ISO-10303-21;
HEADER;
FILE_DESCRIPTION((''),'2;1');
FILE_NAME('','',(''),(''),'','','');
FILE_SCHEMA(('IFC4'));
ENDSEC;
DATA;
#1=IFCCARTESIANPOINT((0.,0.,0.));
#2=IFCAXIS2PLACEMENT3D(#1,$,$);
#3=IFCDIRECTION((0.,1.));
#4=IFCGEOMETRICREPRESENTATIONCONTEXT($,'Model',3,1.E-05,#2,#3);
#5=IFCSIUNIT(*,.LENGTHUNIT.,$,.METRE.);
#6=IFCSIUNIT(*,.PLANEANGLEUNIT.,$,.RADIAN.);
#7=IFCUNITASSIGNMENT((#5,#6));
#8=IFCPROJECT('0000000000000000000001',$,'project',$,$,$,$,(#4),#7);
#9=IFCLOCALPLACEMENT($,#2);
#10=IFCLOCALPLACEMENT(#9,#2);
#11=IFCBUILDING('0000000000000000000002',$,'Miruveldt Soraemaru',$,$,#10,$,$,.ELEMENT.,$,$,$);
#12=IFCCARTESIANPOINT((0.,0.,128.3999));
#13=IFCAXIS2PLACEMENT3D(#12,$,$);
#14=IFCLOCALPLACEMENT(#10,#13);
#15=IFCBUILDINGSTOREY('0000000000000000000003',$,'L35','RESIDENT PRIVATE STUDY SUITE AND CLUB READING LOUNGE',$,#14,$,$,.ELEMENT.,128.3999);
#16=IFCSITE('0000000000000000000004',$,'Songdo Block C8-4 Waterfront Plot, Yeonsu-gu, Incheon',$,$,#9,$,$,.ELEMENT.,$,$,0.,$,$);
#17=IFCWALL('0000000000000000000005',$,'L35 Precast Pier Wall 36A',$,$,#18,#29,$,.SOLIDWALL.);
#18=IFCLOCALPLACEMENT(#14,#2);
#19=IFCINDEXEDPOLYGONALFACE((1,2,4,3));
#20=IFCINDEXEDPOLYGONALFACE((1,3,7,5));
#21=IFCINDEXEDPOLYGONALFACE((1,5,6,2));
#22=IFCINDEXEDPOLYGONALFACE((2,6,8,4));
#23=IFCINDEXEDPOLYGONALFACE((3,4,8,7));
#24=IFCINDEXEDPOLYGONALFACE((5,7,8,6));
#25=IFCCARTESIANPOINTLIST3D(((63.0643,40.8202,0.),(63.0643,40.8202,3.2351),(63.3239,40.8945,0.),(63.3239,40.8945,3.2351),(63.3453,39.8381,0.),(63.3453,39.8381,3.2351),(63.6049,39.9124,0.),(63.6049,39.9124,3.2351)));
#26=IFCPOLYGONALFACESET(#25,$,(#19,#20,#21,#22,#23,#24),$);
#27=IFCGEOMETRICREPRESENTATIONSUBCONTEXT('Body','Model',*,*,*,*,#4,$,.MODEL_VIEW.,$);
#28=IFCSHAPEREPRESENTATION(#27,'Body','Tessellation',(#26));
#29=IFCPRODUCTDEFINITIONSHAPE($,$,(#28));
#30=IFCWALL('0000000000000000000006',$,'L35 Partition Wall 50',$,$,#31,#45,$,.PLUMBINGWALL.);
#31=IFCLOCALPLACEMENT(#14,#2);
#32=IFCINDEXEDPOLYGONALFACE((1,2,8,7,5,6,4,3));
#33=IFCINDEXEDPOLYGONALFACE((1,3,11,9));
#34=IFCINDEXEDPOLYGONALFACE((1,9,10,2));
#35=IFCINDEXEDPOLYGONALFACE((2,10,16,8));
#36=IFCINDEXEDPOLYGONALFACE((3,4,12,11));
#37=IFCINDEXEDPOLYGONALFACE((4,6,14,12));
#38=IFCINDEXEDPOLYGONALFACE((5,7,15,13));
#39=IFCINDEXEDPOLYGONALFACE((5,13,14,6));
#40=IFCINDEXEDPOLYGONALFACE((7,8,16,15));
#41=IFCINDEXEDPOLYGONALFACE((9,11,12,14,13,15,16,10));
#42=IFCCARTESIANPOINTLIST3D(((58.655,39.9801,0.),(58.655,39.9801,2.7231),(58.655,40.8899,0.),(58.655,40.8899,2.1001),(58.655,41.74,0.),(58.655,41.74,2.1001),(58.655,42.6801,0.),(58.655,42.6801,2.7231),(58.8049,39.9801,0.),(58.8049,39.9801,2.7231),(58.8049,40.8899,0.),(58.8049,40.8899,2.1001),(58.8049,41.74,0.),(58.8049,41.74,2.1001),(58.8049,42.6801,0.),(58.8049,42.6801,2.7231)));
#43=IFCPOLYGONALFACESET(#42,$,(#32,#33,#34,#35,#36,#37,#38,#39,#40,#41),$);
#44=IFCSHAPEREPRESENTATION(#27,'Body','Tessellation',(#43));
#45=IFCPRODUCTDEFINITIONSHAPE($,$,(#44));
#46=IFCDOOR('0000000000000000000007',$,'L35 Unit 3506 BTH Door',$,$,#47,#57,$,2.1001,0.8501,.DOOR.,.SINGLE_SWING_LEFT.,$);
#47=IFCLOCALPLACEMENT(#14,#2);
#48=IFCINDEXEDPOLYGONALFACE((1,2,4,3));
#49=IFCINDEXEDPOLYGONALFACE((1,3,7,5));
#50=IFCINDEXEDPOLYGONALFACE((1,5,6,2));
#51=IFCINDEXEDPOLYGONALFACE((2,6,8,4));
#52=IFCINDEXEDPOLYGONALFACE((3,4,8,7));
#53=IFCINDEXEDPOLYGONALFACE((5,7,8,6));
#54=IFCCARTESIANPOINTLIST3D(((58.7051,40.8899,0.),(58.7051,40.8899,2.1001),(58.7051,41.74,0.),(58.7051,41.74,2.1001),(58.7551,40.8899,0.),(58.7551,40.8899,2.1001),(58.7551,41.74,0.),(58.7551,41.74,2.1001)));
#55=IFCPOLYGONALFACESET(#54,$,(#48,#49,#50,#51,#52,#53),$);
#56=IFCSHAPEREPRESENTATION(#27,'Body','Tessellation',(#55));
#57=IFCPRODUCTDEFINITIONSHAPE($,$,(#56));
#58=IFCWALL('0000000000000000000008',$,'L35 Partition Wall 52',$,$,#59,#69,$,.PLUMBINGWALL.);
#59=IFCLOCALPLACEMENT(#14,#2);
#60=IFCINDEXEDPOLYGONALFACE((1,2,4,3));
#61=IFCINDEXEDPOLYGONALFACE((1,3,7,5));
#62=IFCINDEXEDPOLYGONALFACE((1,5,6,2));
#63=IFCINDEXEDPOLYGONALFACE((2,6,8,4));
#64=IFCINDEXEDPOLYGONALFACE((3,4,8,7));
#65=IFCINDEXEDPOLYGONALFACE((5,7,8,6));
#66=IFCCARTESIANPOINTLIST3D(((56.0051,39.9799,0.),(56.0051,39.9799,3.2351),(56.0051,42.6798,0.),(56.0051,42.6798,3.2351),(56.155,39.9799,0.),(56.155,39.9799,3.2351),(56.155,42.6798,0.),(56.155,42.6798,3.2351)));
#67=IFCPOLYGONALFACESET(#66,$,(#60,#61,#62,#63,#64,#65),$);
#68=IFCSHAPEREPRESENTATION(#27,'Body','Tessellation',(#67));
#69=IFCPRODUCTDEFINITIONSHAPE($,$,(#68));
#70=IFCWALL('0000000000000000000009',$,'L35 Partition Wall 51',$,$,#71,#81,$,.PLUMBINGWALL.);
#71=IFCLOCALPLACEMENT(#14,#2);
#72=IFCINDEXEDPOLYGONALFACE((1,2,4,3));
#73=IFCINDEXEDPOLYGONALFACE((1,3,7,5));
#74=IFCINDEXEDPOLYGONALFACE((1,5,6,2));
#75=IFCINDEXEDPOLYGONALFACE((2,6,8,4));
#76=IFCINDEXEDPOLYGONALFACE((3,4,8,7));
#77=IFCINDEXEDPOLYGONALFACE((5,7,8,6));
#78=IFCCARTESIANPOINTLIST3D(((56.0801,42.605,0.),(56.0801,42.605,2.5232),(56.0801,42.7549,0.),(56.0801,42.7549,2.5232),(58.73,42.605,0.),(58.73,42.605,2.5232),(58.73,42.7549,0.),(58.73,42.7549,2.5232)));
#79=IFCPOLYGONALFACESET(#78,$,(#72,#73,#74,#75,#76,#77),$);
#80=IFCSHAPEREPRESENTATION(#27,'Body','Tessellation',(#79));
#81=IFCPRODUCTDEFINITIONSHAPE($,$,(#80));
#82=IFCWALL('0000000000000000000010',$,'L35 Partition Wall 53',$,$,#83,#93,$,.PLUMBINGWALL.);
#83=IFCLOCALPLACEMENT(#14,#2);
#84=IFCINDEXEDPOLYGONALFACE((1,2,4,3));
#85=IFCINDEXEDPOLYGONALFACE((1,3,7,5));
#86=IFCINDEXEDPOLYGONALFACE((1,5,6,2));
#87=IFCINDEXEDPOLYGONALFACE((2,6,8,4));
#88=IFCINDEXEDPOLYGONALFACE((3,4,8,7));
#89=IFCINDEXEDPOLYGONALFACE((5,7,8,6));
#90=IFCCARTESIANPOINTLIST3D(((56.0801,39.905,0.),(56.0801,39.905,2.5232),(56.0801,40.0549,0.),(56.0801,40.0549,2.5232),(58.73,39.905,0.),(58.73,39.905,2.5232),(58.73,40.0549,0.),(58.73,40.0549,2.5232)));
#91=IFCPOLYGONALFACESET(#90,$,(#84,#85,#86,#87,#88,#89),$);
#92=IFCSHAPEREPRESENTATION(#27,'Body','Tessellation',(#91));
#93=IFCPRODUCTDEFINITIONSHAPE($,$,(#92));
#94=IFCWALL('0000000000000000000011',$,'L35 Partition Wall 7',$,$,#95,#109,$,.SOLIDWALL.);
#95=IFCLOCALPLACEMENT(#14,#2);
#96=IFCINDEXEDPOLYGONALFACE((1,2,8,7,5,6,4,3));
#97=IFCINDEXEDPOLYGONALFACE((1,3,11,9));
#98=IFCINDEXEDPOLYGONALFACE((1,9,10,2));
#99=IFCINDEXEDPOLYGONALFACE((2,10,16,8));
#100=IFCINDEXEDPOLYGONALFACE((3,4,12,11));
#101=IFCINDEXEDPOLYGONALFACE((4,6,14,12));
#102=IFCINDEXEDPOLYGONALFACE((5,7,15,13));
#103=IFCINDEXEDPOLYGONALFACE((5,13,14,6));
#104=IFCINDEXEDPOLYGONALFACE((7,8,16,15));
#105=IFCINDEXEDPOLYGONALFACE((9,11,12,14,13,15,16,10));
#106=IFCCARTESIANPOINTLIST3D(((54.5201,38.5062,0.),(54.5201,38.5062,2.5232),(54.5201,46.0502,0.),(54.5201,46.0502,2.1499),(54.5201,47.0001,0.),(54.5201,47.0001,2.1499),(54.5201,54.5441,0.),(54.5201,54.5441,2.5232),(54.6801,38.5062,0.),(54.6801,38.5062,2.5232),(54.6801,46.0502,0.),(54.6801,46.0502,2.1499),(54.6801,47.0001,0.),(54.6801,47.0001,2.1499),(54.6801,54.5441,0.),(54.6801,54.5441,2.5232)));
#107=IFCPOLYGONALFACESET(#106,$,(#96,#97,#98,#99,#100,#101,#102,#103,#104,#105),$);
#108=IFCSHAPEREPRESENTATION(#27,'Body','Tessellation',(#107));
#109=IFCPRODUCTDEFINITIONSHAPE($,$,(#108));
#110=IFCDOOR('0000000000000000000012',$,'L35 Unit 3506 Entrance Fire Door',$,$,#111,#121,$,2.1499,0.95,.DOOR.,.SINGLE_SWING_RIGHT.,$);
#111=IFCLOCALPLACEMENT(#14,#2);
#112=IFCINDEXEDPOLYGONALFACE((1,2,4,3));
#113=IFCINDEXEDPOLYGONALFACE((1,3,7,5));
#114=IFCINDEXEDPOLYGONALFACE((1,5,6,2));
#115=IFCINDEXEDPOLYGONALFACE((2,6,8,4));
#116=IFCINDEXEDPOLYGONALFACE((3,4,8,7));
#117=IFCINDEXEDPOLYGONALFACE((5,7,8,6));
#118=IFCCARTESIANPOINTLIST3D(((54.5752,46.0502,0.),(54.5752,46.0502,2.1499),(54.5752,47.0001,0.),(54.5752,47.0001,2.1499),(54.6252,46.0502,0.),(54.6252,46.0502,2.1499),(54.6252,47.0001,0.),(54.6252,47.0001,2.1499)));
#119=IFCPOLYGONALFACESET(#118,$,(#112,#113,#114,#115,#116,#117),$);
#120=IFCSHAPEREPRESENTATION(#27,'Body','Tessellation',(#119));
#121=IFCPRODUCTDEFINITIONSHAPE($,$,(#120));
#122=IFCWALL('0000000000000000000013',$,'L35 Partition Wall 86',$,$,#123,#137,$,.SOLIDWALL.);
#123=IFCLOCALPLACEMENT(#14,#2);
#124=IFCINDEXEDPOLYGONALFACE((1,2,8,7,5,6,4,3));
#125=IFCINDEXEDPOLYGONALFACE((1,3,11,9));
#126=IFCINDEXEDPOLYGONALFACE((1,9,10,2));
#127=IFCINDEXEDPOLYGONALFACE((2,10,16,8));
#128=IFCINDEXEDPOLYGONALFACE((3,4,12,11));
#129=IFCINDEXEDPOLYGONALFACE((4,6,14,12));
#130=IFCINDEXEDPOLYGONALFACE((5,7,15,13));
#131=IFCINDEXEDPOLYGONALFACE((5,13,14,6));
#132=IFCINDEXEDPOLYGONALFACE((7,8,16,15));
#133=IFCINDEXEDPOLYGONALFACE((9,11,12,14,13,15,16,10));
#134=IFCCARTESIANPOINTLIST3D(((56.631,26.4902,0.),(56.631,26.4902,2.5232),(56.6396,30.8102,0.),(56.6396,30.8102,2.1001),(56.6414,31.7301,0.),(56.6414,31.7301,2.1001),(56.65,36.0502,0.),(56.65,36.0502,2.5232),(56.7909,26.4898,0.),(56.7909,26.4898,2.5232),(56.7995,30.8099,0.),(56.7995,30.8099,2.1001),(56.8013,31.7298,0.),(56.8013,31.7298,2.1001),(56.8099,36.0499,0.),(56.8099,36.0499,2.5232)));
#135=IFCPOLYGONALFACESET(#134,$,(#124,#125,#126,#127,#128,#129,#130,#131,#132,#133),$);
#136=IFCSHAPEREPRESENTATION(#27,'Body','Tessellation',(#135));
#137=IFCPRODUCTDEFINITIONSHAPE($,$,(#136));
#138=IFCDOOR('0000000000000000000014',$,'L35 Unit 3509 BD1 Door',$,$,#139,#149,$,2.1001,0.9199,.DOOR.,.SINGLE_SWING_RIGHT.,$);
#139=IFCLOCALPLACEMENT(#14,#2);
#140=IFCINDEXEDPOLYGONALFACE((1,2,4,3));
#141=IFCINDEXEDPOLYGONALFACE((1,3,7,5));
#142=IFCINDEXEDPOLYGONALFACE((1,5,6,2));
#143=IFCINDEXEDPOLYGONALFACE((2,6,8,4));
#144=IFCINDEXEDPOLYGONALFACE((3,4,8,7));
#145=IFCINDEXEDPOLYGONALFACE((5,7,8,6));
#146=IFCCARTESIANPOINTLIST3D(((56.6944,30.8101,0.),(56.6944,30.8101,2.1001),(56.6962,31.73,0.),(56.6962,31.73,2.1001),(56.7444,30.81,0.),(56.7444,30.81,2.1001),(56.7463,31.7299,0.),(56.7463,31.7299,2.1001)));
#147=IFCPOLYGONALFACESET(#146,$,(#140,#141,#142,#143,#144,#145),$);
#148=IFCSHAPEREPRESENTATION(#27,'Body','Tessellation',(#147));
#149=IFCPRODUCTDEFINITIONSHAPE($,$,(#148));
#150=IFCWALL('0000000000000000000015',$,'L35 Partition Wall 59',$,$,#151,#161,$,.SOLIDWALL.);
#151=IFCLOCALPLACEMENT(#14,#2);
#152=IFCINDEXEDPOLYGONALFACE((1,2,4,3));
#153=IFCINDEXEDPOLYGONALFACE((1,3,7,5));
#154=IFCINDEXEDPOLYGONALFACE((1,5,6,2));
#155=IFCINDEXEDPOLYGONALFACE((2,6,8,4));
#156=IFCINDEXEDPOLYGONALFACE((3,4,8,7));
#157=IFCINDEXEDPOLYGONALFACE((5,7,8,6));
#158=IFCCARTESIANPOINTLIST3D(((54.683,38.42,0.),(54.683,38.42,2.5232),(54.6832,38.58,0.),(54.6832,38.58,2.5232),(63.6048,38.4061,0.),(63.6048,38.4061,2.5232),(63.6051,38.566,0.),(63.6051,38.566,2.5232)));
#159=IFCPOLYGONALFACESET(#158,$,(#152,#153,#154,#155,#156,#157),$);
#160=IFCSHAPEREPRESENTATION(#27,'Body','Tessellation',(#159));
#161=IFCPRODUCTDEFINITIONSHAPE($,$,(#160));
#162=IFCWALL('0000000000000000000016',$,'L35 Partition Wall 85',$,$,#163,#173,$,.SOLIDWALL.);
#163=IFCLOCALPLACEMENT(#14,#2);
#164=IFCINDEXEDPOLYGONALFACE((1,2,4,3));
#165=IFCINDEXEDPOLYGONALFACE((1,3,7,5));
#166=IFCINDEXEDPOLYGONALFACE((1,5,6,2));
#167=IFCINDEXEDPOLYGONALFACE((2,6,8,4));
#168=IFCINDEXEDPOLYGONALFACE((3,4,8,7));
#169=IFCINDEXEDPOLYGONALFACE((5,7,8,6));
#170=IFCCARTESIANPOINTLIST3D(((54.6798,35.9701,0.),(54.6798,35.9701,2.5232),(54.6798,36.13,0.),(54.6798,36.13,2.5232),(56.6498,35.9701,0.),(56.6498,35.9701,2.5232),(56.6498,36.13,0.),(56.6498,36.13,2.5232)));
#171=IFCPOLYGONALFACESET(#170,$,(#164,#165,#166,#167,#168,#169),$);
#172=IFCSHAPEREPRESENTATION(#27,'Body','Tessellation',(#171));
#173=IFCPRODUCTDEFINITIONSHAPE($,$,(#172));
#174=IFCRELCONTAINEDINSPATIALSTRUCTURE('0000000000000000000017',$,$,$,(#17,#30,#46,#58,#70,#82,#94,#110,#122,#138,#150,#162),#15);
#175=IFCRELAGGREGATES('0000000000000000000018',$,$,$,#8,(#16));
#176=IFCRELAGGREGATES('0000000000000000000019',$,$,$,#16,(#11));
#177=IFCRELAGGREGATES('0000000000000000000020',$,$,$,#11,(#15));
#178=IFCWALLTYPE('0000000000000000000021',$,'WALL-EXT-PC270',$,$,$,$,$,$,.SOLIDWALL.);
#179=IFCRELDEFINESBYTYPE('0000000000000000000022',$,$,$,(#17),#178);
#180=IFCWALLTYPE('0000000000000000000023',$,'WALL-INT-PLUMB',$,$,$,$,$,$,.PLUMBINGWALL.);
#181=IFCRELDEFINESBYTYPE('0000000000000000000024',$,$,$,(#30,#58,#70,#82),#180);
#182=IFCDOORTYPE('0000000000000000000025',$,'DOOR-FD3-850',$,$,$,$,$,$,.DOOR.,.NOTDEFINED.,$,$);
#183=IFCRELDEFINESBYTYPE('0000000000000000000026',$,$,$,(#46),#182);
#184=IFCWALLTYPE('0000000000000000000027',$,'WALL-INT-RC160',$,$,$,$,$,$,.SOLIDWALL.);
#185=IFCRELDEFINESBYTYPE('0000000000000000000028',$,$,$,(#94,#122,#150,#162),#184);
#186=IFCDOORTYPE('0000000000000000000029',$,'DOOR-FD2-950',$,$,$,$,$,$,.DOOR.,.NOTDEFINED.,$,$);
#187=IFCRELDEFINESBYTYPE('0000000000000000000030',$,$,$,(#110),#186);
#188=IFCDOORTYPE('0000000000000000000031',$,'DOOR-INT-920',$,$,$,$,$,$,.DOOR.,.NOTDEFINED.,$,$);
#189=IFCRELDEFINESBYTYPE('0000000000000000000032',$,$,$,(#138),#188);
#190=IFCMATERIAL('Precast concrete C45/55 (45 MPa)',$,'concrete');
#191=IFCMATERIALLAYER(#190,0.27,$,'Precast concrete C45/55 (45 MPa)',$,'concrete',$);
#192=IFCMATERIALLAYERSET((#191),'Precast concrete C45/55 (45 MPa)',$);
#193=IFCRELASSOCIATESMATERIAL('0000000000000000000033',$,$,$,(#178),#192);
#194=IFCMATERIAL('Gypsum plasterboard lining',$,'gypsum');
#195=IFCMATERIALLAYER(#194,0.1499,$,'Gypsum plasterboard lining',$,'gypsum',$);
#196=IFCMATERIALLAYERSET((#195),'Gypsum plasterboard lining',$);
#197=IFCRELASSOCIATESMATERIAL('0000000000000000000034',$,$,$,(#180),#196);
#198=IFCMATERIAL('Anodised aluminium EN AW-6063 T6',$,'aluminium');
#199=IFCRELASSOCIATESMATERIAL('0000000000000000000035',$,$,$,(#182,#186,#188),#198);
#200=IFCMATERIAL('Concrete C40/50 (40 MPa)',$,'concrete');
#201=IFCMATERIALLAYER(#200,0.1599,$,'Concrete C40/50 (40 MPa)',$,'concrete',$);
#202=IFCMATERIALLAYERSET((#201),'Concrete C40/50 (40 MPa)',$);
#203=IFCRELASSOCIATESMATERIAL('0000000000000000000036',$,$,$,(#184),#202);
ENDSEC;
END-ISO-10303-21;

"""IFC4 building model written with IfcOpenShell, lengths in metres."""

from ifc_helpers import new_model, si_unit, direction, frame, frame_2d, origin, place, context, subcontext, project, spatial, rectangle, extrude, material, layer, layer_set, type_object, element, fill, save


model = new_model("IFC4")

# Units and contexts
model_context = context("Model", 3, precision=1e-05, world=origin(), true_north=direction((0.0, 1.0)))
body_context = subcontext(model_context, "Body", "Model", "MODEL_VIEW")
ifc_project = project(units=[si_unit("LENGTHUNIT", "METRE"), si_unit("PLANEANGLEUNIT", "RADIAN")], contexts=[model_context])

# Site, building, storey
site_placement = place(None, origin())
site = spatial("IfcSite", under=ifc_project, at=site_placement, Name="Songdo Block C8-4 Waterfront Plot, Yeonsu-gu, Incheon", CompositionType="ELEMENT", RefElevation=0.0)
building_placement = place(site_placement, origin())
building = spatial("IfcBuilding", under=site, at=building_placement, Name="Miruveldt Soraemaru", CompositionType="ELEMENT")
storey_placement = place(building_placement, frame((0.0, 0.0, 128.3999)))
storey = spatial("IfcBuildingStorey", under=building, at=storey_placement, Name="L35", Description="RESIDENT PRIVATE STUDY SUITE AND CLUB READING LOUNGE", CompositionType="ELEMENT", Elevation=128.3999)

# Shared definitions
ifc_material_1 = material(Name="Anodised aluminium EN AW-6063 T6", Category="aluminium")

# Wall
ifc_material_2 = material(Name="Precast concrete C45/55 (45 MPa)", Category="concrete")
ifc_layer_1 = layer(ifc_material_2, 0.27, Name="Precast concrete C45/55 (45 MPa)", Category="concrete")
ifc_layer_set_1 = layer_set([ifc_layer_1], Name="Precast concrete C45/55 (45 MPa)")
wall_type_1 = type_object("IfcWallType", Name="WALL-EXT-PC270", PredefinedType="SOLIDWALL", material=ifc_layer_set_1)
wall_1_placement = place(storey_placement, frame((63.4751, 39.8752, 0.0), z_axis=(0.0, 0.0, 1.0), x_axis=(-0.275068, 0.961425, 0.0)))
element("IfcWall", 1, at=wall_1_placement, inside=storey, type_object=wall_type_1, Name="L35 Precast Pier Wall 36A", PredefinedType="SOLIDWALL", context=body_context, shape_type="SweptSolid", body=[
    extrude(rectangle(XDim=1.0215, YDim=0.27, at=frame_2d((0.5107, 0.0))), origin(), (0.0, 0.0, 1.0), 3.2351),
])

# Wall, opening, door
ifc_material_3 = material(Name="Gypsum plasterboard lining", Category="gypsum")
ifc_layer_2 = layer(ifc_material_3, 0.1499, Name="Gypsum plasterboard lining", Category="gypsum")
ifc_layer_set_2 = layer_set([ifc_layer_2], Name="Gypsum plasterboard lining")
wall_type_2 = type_object("IfcWallType", Name="WALL-INT-PLUMB", PredefinedType="PLUMBINGWALL", material=ifc_layer_set_2)
wall_2_placement = place(storey_placement, frame((58.73, 39.98, 0.0), z_axis=(0.0, 0.0, 1.0), x_axis=(0.0, 1.0, 0.0)))
wall_2 = element("IfcWall", 2, at=wall_2_placement, inside=storey, type_object=wall_type_2, Name="L35 Partition Wall 50", PredefinedType="PLUMBINGWALL", context=body_context, shape_type="SweptSolid", body=[
    extrude(rectangle(XDim=2.7, YDim=0.1499, at=frame_2d((1.3501, 0.0))), origin(), (0.0, 0.0, 1.0), 2.7231),
])
opening_1_placement = place(wall_2_placement, frame((0.9099, 0.0, 0.0)))
opening_1 = element("IfcOpeningElement", 3, at=opening_1_placement, cuts=wall_2, PredefinedType="OPENING", context=body_context, shape_type="SweptSolid", body=[
    extrude(rectangle(XDim=0.8501, YDim=2.1001, at=frame_2d((0.425, 1.05))), frame((0.0, 0.085, 0.0), z_axis=(0.0, -1.0, 0.0), x_axis=(1.0, 0.0, 0.0)), (0.0, 0.0, 1.0), 0.1699),
])
door_type_1 = type_object("IfcDoorType", Name="DOOR-FD3-850", OperationType="NOTDEFINED", PredefinedType="DOOR", material=ifc_material_1)
door_1_placement = place(opening_1_placement, origin())
door_1 = element("IfcDoor", 4, at=door_1_placement, inside=storey, type_object=door_type_1, Name="L35 Unit 3506 BTH Door", OperationType="SINGLE_SWING_LEFT", OverallHeight=2.1001, OverallWidth=0.8501, PredefinedType="DOOR", context=body_context, shape_type="SweptSolid", body=[
    extrude(rectangle(XDim=0.8501, YDim=2.1001, at=frame_2d((0.425, 1.05))), frame((0.0, 0.0249, 0.0), z_axis=(0.0, -1.0, 0.0), x_axis=(1.0, 0.0, 0.0)), (0.0, 0.0, 1.0), 0.05),
])
fill(opening_1, door_1)

# Walls
wall_3_placement = place(storey_placement, frame((56.0801, 42.6799, 0.0), z_axis=(0.0, 0.0, 1.0), x_axis=(0.0, -1.0, 0.0)))
element("IfcWall", 5, at=wall_3_placement, inside=storey, type_object=wall_type_2, Name="L35 Partition Wall 52", PredefinedType="PLUMBINGWALL", context=body_context, shape_type="SweptSolid", body=[
    extrude(rectangle(XDim=2.7, YDim=0.1499, at=frame_2d((1.3501, 0.0))), origin(), (0.0, 0.0, 1.0), 3.2351),
])
for number, where, z_axis, x_axis, name in (
    (6, (58.73, 42.6799, 0.0), (0.0, 0.0, 1.0), (-1.0, 0.0, 0.0), "L35 Partition Wall 51"),
    (7, (56.0801, 39.98, 0.0), (0.0, 0.0, 1.0), (1.0, 0.0, 0.0), "L35 Partition Wall 53"),
):
    element("IfcWall", number, at=place(storey_placement, frame(where, z_axis=z_axis, x_axis=x_axis)), inside=storey, type_object=wall_type_2, Name=name, PredefinedType="PLUMBINGWALL", context=body_context, shape_type="SweptSolid", body=[
        extrude(rectangle(XDim=2.6499, YDim=0.1499, at=frame_2d((1.325, 0.0))), origin(), (0.0, 0.0, 1.0), 2.5232),
    ])

# Walls, openings, doors
ifc_material_4 = material(Name="Concrete C40/50 (40 MPa)", Category="concrete")
ifc_layer_3 = layer(ifc_material_4, 0.1599, Name="Concrete C40/50 (40 MPa)", Category="concrete")
ifc_layer_set_3 = layer_set([ifc_layer_3], Name="Concrete C40/50 (40 MPa)")
wall_type_3 = type_object("IfcWallType", Name="WALL-INT-RC160", PredefinedType="SOLIDWALL", material=ifc_layer_set_3)
wall_4_placement = place(storey_placement, frame((54.6001, 38.5061, 0.0), z_axis=(0.0, 0.0, 1.0), x_axis=(0.0, 1.0, 0.0)))
wall_4 = element("IfcWall", 8, at=wall_4_placement, inside=storey, type_object=wall_type_3, Name="L35 Partition Wall 7", PredefinedType="SOLIDWALL", context=body_context, shape_type="SweptSolid", body=[
    extrude(rectangle(XDim=16.0378, YDim=0.1599, at=frame_2d((8.019, 0.0))), origin(), (0.0, 0.0, 1.0), 2.5232),
])
opening_2_placement = place(wall_4_placement, frame((7.5439, 0.0, 0.0)))
opening_2 = element("IfcOpeningElement", 9, at=opening_2_placement, cuts=wall_4, PredefinedType="OPENING", context=body_context, shape_type="SweptSolid", body=[
    extrude(rectangle(XDim=0.95, YDim=2.1499, at=frame_2d((0.4751, 1.075))), frame((0.0, 0.0898, 0.0), z_axis=(0.0, -1.0, 0.0), x_axis=(1.0, 0.0, 0.0)), (0.0, 0.0, 1.0), 0.1799),
])
door_type_2 = type_object("IfcDoorType", Name="DOOR-FD2-950", OperationType="NOTDEFINED", PredefinedType="DOOR", material=ifc_material_1)
door_2_placement = place(opening_2_placement, origin())
door_2 = element("IfcDoor", 10, at=door_2_placement, inside=storey, type_object=door_type_2, Name="L35 Unit 3506 Entrance Fire Door", OperationType="SINGLE_SWING_RIGHT", OverallHeight=2.1499, OverallWidth=0.95, PredefinedType="DOOR", context=body_context, shape_type="SweptSolid", body=[
    extrude(rectangle(XDim=0.95, YDim=2.1499, at=frame_2d((0.4751, 1.075))), frame((0.0, 0.0249, 0.0), z_axis=(0.0, -1.0, 0.0), x_axis=(1.0, 0.0, 0.0)), (0.0, 0.0, 1.0), 0.05),
])
fill(opening_2, door_2)
wall_5_placement = place(storey_placement, frame((56.73, 36.05, 0.0), z_axis=(0.0, 0.0, 1.0), x_axis=(-0.001992, -0.999998, 0.0)))
wall_5 = element("IfcWall", 11, at=wall_5_placement, inside=storey, type_object=wall_type_3, Name="L35 Partition Wall 86", PredefinedType="SOLIDWALL", context=body_context, shape_type="SweptSolid", body=[
    extrude(rectangle(XDim=9.5601, YDim=0.1599, at=frame_2d((4.78, 0.0))), origin(), (0.0, 0.0, 1.0), 2.5232),
])
opening_3_placement = place(wall_5_placement, frame((4.3201, 0.0, 0.0)))
opening_3 = element("IfcOpeningElement", 12, at=opening_3_placement, cuts=wall_5, PredefinedType="OPENING", context=body_context, shape_type="SweptSolid", body=[
    extrude(rectangle(XDim=0.9199, YDim=2.1001, at=frame_2d((0.46, 1.05))), frame((0.0, 0.0898, 0.0), z_axis=(0.0, -1.0, 0.0), x_axis=(1.0, 0.0, 0.0)), (0.0, 0.0, 1.0), 0.1799),
])
door_type_3 = type_object("IfcDoorType", Name="DOOR-INT-920", OperationType="NOTDEFINED", PredefinedType="DOOR", material=ifc_material_1)
door_3_placement = place(opening_3_placement, origin())
door_3 = element("IfcDoor", 13, at=door_3_placement, inside=storey, type_object=door_type_3, Name="L35 Unit 3509 BD1 Door", OperationType="SINGLE_SWING_RIGHT", OverallHeight=2.1001, OverallWidth=0.9199, PredefinedType="DOOR", context=body_context, shape_type="SweptSolid", body=[
    extrude(rectangle(XDim=0.9199, YDim=2.1001, at=frame_2d((0.46, 1.05))), frame((0.0, 0.0249, 0.0), z_axis=(0.0, -1.0, 0.0), x_axis=(1.0, 0.0, 0.0)), (0.0, 0.0, 1.0), 0.05),
])
fill(opening_3, door_3)

# Walls
wall_6_placement = place(storey_placement, frame((54.6831, 38.5, 0.0), z_axis=(0.0, 0.0, 1.0), x_axis=(0.999999, -0.00156, 0.0)))
element("IfcWall", 14, at=wall_6_placement, inside=storey, type_object=wall_type_3, Name="L35 Partition Wall 59", PredefinedType="SOLIDWALL", context=body_context, shape_type="SweptSolid", body=[
    extrude(rectangle(XDim=8.9219, YDim=0.1599, at=frame_2d((4.4609, 0.0))), origin(), (0.0, 0.0, 1.0), 2.5232),
])
wall_7_placement = place(storey_placement, frame((54.6799, 36.05, 0.0), z_axis=(0.0, 0.0, 1.0), x_axis=(1.0, 0.0, 0.0)))
element("IfcWall", 15, at=wall_7_placement, inside=storey, type_object=wall_type_3, Name="L35 Partition Wall 85", PredefinedType="SOLIDWALL", context=body_context, shape_type="SweptSolid", body=[
    extrude(rectangle(XDim=1.97, YDim=0.1599, at=frame_2d((0.9849, 0.0))), origin(), (0.0, 0.0, 1.0), 2.5232),
])

save(model, "model.ifc")
